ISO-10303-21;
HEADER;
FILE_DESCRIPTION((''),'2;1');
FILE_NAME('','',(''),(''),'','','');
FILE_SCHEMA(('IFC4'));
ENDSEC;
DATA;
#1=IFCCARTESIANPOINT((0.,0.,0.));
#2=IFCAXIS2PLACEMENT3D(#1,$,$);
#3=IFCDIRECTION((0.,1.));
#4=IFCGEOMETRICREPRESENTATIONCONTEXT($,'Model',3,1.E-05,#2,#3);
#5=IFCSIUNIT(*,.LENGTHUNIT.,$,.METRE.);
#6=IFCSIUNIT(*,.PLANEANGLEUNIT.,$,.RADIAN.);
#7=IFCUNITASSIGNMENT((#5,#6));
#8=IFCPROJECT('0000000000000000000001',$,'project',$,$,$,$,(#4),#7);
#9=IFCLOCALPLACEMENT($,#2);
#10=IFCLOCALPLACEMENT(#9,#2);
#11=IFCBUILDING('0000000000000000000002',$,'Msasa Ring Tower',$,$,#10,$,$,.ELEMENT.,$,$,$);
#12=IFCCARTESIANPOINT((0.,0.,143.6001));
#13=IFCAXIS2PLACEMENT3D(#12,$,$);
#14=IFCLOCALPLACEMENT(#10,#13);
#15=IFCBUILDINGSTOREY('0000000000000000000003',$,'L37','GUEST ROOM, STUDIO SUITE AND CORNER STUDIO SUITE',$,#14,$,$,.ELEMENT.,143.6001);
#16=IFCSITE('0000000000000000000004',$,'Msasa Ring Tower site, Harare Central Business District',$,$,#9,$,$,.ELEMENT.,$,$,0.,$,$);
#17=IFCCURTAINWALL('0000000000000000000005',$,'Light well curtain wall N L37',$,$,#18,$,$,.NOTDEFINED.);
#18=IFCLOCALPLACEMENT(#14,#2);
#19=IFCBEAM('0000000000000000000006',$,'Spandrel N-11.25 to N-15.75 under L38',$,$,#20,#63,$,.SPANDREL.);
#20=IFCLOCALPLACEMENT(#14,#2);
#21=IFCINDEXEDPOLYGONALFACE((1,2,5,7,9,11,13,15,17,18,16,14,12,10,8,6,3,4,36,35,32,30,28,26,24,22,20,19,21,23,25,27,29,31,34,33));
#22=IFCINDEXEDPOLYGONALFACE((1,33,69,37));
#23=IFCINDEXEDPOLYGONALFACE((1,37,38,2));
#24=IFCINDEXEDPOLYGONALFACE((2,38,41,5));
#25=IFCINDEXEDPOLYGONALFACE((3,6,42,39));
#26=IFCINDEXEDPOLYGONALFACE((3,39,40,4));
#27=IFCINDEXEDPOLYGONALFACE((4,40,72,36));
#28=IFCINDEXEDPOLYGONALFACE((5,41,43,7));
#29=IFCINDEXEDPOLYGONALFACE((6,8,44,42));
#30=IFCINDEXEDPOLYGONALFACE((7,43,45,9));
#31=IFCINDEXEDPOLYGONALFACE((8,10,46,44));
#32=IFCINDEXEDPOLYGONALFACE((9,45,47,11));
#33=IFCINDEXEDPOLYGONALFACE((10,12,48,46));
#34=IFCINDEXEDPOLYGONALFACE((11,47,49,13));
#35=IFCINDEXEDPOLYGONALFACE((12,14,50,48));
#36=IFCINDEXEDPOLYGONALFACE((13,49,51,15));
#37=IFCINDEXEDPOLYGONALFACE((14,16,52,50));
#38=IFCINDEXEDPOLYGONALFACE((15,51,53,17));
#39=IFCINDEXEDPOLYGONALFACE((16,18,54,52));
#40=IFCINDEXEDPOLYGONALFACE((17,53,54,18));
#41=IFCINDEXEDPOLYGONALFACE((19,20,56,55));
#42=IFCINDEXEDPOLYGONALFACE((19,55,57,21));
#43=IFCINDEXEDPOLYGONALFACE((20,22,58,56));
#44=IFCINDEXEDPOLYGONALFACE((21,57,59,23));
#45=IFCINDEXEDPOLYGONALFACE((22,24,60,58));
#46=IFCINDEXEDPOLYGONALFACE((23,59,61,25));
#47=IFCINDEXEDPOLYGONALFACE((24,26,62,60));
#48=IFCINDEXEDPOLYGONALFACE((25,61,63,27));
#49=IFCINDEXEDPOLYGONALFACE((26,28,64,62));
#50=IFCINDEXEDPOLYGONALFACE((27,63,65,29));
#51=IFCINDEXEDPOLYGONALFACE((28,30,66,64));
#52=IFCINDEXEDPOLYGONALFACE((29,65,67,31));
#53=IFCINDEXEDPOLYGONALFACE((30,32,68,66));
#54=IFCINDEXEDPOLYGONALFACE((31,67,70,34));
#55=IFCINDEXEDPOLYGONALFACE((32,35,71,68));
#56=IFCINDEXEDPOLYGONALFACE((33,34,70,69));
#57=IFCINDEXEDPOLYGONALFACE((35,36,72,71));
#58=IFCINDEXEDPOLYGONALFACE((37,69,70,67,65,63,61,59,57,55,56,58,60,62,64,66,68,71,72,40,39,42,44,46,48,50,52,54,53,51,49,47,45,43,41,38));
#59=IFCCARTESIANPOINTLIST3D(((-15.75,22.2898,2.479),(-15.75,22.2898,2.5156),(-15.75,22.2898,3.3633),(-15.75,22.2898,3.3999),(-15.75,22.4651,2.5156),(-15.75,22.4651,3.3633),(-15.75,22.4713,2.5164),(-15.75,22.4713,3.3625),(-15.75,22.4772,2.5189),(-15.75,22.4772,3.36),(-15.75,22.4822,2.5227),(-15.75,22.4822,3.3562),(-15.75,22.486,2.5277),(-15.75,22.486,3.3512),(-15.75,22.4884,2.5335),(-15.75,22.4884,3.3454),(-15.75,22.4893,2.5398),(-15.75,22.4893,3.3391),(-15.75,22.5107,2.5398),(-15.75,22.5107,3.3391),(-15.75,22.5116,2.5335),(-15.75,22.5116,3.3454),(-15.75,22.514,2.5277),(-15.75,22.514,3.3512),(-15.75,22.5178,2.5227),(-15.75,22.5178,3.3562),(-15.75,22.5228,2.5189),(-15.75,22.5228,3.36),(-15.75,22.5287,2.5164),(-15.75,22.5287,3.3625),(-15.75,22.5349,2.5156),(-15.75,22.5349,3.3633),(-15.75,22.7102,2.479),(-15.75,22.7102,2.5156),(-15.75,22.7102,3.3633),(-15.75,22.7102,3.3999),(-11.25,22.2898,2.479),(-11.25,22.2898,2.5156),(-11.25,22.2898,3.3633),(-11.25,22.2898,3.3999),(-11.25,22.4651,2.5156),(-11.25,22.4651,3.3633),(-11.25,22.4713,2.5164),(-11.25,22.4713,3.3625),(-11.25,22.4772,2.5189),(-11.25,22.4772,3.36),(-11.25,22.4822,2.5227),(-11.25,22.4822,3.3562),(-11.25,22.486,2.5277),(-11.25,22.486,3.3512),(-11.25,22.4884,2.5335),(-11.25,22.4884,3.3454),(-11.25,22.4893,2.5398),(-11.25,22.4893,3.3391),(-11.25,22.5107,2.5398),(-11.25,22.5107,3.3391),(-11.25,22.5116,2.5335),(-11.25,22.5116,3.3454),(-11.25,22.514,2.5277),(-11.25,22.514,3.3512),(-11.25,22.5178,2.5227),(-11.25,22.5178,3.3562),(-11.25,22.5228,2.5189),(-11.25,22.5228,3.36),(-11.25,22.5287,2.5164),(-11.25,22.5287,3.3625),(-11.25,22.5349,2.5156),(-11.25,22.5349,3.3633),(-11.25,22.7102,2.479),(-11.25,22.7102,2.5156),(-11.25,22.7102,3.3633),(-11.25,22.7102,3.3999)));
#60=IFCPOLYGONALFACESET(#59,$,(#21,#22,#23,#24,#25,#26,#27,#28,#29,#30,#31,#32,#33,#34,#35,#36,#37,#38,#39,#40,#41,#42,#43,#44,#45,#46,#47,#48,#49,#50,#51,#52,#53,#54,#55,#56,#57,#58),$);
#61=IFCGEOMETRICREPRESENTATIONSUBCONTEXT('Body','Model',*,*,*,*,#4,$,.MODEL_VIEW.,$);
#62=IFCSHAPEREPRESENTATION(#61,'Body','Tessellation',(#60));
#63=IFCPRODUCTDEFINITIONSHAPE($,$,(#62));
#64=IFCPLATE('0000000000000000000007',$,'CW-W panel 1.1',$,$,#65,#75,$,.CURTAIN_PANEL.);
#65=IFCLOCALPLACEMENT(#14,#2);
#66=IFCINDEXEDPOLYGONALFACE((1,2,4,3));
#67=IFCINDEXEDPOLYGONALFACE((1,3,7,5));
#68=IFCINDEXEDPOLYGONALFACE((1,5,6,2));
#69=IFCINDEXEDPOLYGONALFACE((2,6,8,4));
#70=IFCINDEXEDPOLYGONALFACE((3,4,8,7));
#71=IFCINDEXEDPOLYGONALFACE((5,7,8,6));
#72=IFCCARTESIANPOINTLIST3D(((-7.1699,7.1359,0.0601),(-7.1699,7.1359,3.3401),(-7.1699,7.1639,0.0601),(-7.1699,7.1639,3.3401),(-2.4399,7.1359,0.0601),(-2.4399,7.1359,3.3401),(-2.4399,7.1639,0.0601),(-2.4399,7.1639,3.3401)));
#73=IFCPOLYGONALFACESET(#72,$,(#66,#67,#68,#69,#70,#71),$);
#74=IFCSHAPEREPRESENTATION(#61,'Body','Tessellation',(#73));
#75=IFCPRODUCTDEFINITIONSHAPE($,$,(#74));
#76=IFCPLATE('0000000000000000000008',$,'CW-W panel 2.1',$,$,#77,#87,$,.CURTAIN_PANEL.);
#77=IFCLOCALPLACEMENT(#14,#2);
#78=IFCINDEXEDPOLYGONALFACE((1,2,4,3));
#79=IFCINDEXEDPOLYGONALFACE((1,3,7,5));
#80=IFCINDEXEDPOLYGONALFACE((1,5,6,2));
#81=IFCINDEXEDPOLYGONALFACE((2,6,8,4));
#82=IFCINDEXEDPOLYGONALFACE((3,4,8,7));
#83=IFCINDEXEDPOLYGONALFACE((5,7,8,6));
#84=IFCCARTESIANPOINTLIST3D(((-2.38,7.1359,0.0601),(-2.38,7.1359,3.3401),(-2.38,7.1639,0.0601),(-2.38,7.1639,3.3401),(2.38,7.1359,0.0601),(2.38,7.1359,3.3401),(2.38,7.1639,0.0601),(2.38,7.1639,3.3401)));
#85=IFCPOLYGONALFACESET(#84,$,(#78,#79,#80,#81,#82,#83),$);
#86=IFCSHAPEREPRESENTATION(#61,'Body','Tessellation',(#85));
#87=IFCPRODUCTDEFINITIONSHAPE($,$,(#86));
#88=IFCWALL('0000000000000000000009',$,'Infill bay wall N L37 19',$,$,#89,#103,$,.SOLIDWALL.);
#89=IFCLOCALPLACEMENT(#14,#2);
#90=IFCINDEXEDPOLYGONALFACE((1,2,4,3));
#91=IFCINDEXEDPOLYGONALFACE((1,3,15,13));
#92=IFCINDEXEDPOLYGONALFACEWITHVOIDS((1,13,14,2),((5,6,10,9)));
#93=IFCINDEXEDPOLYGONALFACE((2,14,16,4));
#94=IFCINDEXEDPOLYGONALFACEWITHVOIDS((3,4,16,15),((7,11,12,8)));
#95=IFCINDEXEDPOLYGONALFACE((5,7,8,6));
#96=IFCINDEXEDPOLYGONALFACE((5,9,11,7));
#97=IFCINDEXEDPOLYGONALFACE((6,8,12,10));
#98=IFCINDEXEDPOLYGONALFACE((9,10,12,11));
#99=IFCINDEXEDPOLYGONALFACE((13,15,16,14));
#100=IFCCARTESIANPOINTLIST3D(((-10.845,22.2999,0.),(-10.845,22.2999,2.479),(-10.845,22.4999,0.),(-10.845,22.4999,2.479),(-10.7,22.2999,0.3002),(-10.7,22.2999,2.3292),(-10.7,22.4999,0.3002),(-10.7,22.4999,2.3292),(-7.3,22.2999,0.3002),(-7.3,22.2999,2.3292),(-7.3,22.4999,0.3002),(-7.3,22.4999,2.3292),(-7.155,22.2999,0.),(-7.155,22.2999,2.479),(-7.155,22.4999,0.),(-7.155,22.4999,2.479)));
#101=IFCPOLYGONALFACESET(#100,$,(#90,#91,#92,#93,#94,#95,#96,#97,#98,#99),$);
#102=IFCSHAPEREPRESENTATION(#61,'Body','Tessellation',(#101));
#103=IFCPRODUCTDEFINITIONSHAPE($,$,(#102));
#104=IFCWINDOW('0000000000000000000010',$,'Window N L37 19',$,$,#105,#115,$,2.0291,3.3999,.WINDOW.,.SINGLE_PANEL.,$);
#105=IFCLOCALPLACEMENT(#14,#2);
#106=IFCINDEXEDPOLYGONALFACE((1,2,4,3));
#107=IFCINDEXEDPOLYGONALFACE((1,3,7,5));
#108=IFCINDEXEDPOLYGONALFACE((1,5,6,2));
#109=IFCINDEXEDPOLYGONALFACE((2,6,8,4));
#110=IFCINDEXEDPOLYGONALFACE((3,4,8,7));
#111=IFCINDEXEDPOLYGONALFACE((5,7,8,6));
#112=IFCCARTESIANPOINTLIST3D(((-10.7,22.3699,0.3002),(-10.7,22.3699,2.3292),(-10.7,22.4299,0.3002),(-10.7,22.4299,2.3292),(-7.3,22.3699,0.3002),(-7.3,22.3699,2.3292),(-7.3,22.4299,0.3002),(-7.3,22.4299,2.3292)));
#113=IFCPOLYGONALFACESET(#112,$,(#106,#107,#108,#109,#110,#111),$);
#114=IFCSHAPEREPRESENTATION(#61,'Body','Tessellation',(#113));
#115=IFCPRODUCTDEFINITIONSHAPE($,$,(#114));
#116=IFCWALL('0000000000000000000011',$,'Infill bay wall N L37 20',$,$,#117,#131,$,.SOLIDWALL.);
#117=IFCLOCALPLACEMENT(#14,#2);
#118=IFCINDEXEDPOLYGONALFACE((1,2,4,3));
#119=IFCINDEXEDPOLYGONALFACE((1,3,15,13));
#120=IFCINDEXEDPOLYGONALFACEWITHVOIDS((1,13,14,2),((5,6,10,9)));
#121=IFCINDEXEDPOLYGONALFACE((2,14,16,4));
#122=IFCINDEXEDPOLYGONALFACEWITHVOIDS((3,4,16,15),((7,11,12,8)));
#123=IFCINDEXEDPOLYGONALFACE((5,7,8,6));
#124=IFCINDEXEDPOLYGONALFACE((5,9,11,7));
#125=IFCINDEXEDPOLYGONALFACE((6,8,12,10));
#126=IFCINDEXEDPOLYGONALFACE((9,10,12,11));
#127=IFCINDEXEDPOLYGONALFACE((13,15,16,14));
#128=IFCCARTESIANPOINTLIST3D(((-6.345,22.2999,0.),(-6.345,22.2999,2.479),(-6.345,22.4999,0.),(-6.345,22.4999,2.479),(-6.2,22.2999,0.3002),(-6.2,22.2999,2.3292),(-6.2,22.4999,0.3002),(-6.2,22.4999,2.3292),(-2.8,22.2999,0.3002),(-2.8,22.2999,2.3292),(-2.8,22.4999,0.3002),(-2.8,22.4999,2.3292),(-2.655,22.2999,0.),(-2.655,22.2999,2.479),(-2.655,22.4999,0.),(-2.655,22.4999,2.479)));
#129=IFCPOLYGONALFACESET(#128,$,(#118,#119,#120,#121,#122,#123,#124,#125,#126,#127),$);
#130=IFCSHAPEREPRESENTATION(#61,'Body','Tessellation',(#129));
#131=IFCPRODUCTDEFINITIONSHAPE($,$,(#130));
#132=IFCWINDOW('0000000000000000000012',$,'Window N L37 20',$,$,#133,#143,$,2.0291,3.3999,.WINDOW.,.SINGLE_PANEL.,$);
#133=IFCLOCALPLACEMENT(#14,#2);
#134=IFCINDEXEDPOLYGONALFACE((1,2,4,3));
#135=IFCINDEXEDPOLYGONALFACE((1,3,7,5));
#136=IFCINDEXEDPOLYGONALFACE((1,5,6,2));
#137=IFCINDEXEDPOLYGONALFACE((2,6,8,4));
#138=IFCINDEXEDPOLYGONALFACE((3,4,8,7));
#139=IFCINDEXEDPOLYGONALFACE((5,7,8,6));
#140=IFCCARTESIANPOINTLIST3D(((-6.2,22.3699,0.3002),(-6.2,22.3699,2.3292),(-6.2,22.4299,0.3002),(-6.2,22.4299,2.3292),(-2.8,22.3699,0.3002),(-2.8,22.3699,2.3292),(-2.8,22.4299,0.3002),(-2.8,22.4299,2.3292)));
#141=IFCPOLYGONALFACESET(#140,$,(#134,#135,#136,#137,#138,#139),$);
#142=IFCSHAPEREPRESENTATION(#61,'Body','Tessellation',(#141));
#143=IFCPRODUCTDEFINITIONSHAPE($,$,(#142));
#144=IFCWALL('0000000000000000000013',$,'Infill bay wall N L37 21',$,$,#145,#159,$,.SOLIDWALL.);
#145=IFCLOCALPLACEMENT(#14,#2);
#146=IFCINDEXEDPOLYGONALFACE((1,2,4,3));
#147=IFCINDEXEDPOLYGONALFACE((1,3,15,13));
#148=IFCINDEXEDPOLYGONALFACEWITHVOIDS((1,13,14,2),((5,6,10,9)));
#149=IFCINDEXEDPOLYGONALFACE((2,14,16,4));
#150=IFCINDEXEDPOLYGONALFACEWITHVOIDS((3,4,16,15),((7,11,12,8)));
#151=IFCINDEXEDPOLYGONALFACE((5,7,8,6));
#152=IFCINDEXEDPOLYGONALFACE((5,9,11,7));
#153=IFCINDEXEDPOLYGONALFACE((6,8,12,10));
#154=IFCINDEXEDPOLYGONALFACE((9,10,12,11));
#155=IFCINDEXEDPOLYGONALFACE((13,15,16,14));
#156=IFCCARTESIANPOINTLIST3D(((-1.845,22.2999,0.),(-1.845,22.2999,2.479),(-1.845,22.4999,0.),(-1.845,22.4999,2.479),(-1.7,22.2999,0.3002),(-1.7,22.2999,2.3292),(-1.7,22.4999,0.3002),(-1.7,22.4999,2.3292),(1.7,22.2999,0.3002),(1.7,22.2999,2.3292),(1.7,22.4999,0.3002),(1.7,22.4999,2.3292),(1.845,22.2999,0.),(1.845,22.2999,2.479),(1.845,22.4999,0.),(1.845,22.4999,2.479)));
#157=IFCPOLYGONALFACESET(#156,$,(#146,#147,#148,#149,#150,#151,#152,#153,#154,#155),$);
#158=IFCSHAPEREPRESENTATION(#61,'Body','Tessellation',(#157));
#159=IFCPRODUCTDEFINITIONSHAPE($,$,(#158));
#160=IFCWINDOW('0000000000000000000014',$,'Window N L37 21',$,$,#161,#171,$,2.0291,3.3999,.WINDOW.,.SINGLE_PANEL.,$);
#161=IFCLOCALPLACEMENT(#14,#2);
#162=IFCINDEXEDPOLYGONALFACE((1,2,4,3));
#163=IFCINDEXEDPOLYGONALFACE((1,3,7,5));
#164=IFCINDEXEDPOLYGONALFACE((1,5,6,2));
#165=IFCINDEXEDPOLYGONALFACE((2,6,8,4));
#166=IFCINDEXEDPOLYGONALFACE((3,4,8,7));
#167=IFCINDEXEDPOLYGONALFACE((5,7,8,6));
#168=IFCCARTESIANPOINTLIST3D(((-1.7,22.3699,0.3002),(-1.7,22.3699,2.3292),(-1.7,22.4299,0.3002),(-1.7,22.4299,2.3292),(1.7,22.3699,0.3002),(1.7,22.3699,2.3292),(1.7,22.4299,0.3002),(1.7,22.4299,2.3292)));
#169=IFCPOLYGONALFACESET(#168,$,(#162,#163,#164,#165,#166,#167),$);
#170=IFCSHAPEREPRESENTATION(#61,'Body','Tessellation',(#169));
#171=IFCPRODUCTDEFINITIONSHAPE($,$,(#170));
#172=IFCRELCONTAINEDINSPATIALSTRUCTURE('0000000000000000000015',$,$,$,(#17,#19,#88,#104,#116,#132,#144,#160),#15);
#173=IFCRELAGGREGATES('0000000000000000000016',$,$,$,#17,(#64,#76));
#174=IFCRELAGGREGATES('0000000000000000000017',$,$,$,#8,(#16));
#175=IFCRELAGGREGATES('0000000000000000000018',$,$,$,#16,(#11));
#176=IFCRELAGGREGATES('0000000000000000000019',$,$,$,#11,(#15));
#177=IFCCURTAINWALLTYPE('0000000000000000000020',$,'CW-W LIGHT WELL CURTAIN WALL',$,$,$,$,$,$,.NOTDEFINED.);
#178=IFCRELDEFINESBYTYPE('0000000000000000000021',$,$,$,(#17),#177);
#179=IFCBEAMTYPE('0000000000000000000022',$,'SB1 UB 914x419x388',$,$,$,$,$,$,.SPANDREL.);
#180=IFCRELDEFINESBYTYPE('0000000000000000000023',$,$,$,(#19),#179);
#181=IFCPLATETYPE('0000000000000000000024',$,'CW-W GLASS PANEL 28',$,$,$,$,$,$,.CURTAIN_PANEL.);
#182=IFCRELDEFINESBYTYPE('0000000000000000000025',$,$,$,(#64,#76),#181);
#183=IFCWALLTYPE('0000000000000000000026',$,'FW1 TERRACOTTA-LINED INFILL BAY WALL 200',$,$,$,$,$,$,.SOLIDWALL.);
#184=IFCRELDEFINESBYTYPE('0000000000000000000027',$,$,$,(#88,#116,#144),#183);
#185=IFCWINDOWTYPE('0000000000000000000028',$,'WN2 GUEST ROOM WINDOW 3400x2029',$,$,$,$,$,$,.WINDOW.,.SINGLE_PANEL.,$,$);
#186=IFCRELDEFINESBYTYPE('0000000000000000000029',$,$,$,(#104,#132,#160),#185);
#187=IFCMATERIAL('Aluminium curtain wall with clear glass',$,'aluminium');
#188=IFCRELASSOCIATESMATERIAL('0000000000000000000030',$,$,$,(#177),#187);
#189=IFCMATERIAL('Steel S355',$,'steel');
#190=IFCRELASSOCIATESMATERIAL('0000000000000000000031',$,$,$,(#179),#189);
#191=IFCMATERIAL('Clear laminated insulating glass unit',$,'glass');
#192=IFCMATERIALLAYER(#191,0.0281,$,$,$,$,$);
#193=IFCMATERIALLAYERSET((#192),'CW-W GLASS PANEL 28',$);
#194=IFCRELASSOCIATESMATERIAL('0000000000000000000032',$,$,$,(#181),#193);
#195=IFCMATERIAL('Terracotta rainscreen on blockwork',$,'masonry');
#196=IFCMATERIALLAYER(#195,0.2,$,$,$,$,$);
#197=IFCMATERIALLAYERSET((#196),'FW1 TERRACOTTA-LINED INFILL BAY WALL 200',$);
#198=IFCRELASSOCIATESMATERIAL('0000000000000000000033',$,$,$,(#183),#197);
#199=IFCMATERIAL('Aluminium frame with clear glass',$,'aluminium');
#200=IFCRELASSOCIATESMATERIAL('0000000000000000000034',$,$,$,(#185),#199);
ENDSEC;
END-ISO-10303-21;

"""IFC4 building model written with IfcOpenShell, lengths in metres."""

from ifc_helpers import new_model, si_unit, direction, frame, frame_2d, origin, origin_2d, place, context, subcontext, project, spatial, rectangle, i_section, extrude, material, layer, layer_set, material_profile, profile_set, type_object, element, fill, aggregate, save


model = new_model("IFC4")

# Units and contexts
model_context = context("Model", 3, precision=1e-05, world=origin(), true_north=direction((0.0, 1.0)))
body_context = subcontext(model_context, "Body", "Model", "MODEL_VIEW")
ifc_project = project(units=[si_unit("LENGTHUNIT", "METRE"), si_unit("PLANEANGLEUNIT", "RADIAN")], contexts=[model_context])

# Site, building, storey
site_placement = place(None, origin())
site = spatial("IfcSite", under=ifc_project, at=site_placement, Name="Msasa Ring Tower site, Harare Central Business District", CompositionType="ELEMENT", RefElevation=0.0)
building_placement = place(site_placement, origin())
building = spatial("IfcBuilding", under=site, at=building_placement, Name="Msasa Ring Tower", CompositionType="ELEMENT")
storey_placement = place(building_placement, frame((0.0, 0.0, 143.6001)))
storey = spatial("IfcBuildingStorey", under=building, at=storey_placement, Name="L37", Description="GUEST ROOM, STUDIO SUITE AND CORNER STUDIO SUITE", CompositionType="ELEMENT", Elevation=143.6001)

# Curtain wall
ifc_material_1 = material(Name="Aluminium curtain wall with clear glass", Category="aluminium")
curtain_wall_type = type_object("IfcCurtainWallType", Name="CW-W LIGHT WELL CURTAIN WALL", PredefinedType="NOTDEFINED", material=ifc_material_1)
curtain_wall_placement = place(storey_placement, origin())
curtain_wall = element("IfcCurtainWall", 1, at=curtain_wall_placement, inside=storey, type_object=curtain_wall_type, Name="Light well curtain wall N L37", PredefinedType="NOTDEFINED")

# Beam
ifc_material_2 = material(Name="Steel S355", Category="steel")
ifc_material_profile_1 = material_profile(ifc_material_2, i_section(OverallWidth=0.4204, OverallDepth=0.9209, WebThickness=0.0215, FlangeThickness=0.0366, FilletRadius=0.0242, at=origin_2d()), Name="UB 914x419x388")
ifc_profile_set_1 = profile_set([ifc_material_profile_1], Name="Steel S355")
beam_type_1 = type_object("IfcBeamType", Name="SB1 UB 914x419x388", PredefinedType="SPANDREL", material=ifc_profile_set_1)
for number, where, z_axis, x_axis, name in (
    (2, (-11.25, 22.5, 2.9395), (-1.0, 0.0, 0.0), (0.0, -1.0, 0.0), "Spandrel N-11.25 to N-15.75 under L38"),
):
    element("IfcBeam", number, at=place(storey_placement, frame(where, z_axis=z_axis, x_axis=x_axis)), inside=storey, type_object=beam_type_1, Name=name, PredefinedType="SPANDREL", context=body_context, shape_type="SweptSolid", body=[
        extrude(i_section(OverallWidth=0.4204, OverallDepth=0.9209, WebThickness=0.0215, FlangeThickness=0.0366, FilletRadius=0.0242, at=origin_2d()), origin(), (0.0, 0.0, 1.0), 4.5),
    ])

# Plates
ifc_material_3 = material(Name="Clear laminated insulating glass unit", Category="glass")
ifc_layer_1 = layer(ifc_material_3, 0.0281)
ifc_layer_set_1 = layer_set([ifc_layer_1], Name="CW-W GLASS PANEL 28")
plate_type = type_object("IfcPlateType", Name="CW-W GLASS PANEL 28", PredefinedType="CURTAIN_PANEL", material=ifc_layer_set_1)
plate_1_placement = place(storey_placement, frame((-4.8049, 7.1499, 0.0601), z_axis=(0.0, 0.0, 1.0), x_axis=(1.0, 0.0, 0.0)))
plate_1 = element("IfcPlate", 3, at=plate_1_placement, type_object=plate_type, Name="CW-W panel 1.1", PredefinedType="CURTAIN_PANEL", context=body_context, shape_type="SweptSolid", body=[
    extrude(rectangle(XDim=4.73, YDim=0.0281, at=origin_2d()), origin(), (0.0, 0.0, 1.0), 3.28),
])
plate_2_placement = place(storey_placement, frame((0.0, 7.1499, 0.0601), z_axis=(0.0, 0.0, 1.0), x_axis=(1.0, 0.0, 0.0)))
plate_2 = element("IfcPlate", 4, at=plate_2_placement, type_object=plate_type, Name="CW-W panel 2.1", PredefinedType="CURTAIN_PANEL", context=body_context, shape_type="SweptSolid", body=[
    extrude(rectangle(XDim=4.76, YDim=0.0281, at=origin_2d()), origin(), (0.0, 0.0, 1.0), 3.28),
])
aggregate(curtain_wall, [plate_1, plate_2])

# Walls, openings, windows
ifc_material_4 = material(Name="Terracotta rainscreen on blockwork", Category="masonry")
ifc_layer_2 = layer(ifc_material_4, 0.2)
ifc_layer_set_2 = layer_set([ifc_layer_2], Name="FW1 TERRACOTTA-LINED INFILL BAY WALL 200")
wall_type_1 = type_object("IfcWallType", Name="FW1 TERRACOTTA-LINED INFILL BAY WALL 200", PredefinedType="SOLIDWALL", material=ifc_layer_set_2)
wall_1_placement = place(storey_placement, frame((-10.845, 22.3999, 0.0), z_axis=(0.0, 0.0, 1.0), x_axis=(1.0, 0.0, 0.0)))
wall_1 = element("IfcWall", 5, at=wall_1_placement, inside=storey, type_object=wall_type_1, Name="Infill bay wall N L37 19", PredefinedType="SOLIDWALL", context=body_context, shape_type="SweptSolid", body=[
    extrude(rectangle(XDim=3.6899, YDim=0.2, at=frame_2d((1.845, 0.0))), origin(), (0.0, 0.0, 1.0), 2.479),
])
opening_1_placement = place(wall_1_placement, frame((0.145, 0.0, 0.3)))
opening_1 = element("IfcOpeningElement", 6, at=opening_1_placement, cuts=wall_1, PredefinedType="OPENING", context=body_context, shape_type="SweptSolid", body=[
    extrude(rectangle(XDim=3.3999, YDim=2.0291, at=frame_2d((1.7, 1.0146))), frame((0.0, 0.1099, 0.0), z_axis=(0.0, -1.0, 0.0), x_axis=(1.0, 0.0, 0.0)), (0.0, 0.0, 1.0), 0.22),
])
ifc_material_5 = material(Name="Aluminium frame with clear glass", Category="aluminium")
window_type = type_object("IfcWindowType", Name="WN2 GUEST ROOM WINDOW 3400x2029", PartitioningType="SINGLE_PANEL", PredefinedType="WINDOW", material=ifc_material_5)
window_1_placement = place(opening_1_placement, origin())
window_1 = element("IfcWindow", 7, at=window_1_placement, inside=storey, type_object=window_type, Name="Window N L37 19", OverallHeight=2.0291, OverallWidth=3.3999, PartitioningType="SINGLE_PANEL", PredefinedType="WINDOW", context=body_context, shape_type="SweptSolid", body=[
    extrude(rectangle(XDim=3.3999, YDim=2.0291, at=frame_2d((1.7, 1.0146))), frame((0.0, 0.03, 0.0), z_axis=(0.0, -1.0, 0.0), x_axis=(1.0, 0.0, 0.0)), (0.0, 0.0, 1.0), 0.0601),
])
fill(opening_1, window_1)
wall_2_placement = place(storey_placement, frame((-6.345, 22.3999, 0.0), z_axis=(0.0, 0.0, 1.0), x_axis=(1.0, 0.0, 0.0)))
wall_2 = element("IfcWall", 8, at=wall_2_placement, inside=storey, type_object=wall_type_1, Name="Infill bay wall N L37 20", PredefinedType="SOLIDWALL", context=body_context, shape_type="SweptSolid", body=[
    extrude(rectangle(XDim=3.6899, YDim=0.2, at=frame_2d((1.845, 0.0))), origin(), (0.0, 0.0, 1.0), 2.479),
])
opening_2_placement = place(wall_2_placement, frame((0.145, 0.0, 0.3)))
opening_2 = element("IfcOpeningElement", 9, at=opening_2_placement, cuts=wall_2, PredefinedType="OPENING", context=body_context, shape_type="SweptSolid", body=[
    extrude(rectangle(XDim=3.3999, YDim=2.0291, at=frame_2d((1.7, 1.0146))), frame((0.0, 0.1099, 0.0), z_axis=(0.0, -1.0, 0.0), x_axis=(1.0, 0.0, 0.0)), (0.0, 0.0, 1.0), 0.22),
])
window_2_placement = place(opening_2_placement, origin())
window_2 = element("IfcWindow", 10, at=window_2_placement, inside=storey, type_object=window_type, Name="Window N L37 20", OverallHeight=2.0291, OverallWidth=3.3999, PartitioningType="SINGLE_PANEL", PredefinedType="WINDOW", context=body_context, shape_type="SweptSolid", body=[
    extrude(rectangle(XDim=3.3999, YDim=2.0291, at=frame_2d((1.7, 1.0146))), frame((0.0, 0.03, 0.0), z_axis=(0.0, -1.0, 0.0), x_axis=(1.0, 0.0, 0.0)), (0.0, 0.0, 1.0), 0.0601),
])
fill(opening_2, window_2)
wall_3_placement = place(storey_placement, frame((-1.845, 22.3999, 0.0), z_axis=(0.0, 0.0, 1.0), x_axis=(1.0, 0.0, 0.0)))
wall_3 = element("IfcWall", 11, at=wall_3_placement, inside=storey, type_object=wall_type_1, Name="Infill bay wall N L37 21", PredefinedType="SOLIDWALL", context=body_context, shape_type="SweptSolid", body=[
    extrude(rectangle(XDim=3.6899, YDim=0.2, at=frame_2d((1.845, 0.0))), origin(), (0.0, 0.0, 1.0), 2.479),
])
opening_3_placement = place(wall_3_placement, frame((0.145, 0.0, 0.3)))
opening_3 = element("IfcOpeningElement", 12, at=opening_3_placement, cuts=wall_3, PredefinedType="OPENING", context=body_context, shape_type="SweptSolid", body=[
    extrude(rectangle(XDim=3.3999, YDim=2.0291, at=frame_2d((1.7, 1.0146))), frame((0.0, 0.1099, 0.0), z_axis=(0.0, -1.0, 0.0), x_axis=(1.0, 0.0, 0.0)), (0.0, 0.0, 1.0), 0.22),
])
window_3_placement = place(opening_3_placement, origin())
window_3 = element("IfcWindow", 13, at=window_3_placement, inside=storey, type_object=window_type, Name="Window N L37 21", OverallHeight=2.0291, OverallWidth=3.3999, PartitioningType="SINGLE_PANEL", PredefinedType="WINDOW", context=body_context, shape_type="SweptSolid", body=[
    extrude(rectangle(XDim=3.3999, YDim=2.0291, at=frame_2d((1.7, 1.0146))), frame((0.0, 0.03, 0.0), z_axis=(0.0, -1.0, 0.0), x_axis=(1.0, 0.0, 0.0)), (0.0, 0.0, 1.0), 0.0601),
])
fill(opening_3, window_3)

save(model, "model.ifc")
